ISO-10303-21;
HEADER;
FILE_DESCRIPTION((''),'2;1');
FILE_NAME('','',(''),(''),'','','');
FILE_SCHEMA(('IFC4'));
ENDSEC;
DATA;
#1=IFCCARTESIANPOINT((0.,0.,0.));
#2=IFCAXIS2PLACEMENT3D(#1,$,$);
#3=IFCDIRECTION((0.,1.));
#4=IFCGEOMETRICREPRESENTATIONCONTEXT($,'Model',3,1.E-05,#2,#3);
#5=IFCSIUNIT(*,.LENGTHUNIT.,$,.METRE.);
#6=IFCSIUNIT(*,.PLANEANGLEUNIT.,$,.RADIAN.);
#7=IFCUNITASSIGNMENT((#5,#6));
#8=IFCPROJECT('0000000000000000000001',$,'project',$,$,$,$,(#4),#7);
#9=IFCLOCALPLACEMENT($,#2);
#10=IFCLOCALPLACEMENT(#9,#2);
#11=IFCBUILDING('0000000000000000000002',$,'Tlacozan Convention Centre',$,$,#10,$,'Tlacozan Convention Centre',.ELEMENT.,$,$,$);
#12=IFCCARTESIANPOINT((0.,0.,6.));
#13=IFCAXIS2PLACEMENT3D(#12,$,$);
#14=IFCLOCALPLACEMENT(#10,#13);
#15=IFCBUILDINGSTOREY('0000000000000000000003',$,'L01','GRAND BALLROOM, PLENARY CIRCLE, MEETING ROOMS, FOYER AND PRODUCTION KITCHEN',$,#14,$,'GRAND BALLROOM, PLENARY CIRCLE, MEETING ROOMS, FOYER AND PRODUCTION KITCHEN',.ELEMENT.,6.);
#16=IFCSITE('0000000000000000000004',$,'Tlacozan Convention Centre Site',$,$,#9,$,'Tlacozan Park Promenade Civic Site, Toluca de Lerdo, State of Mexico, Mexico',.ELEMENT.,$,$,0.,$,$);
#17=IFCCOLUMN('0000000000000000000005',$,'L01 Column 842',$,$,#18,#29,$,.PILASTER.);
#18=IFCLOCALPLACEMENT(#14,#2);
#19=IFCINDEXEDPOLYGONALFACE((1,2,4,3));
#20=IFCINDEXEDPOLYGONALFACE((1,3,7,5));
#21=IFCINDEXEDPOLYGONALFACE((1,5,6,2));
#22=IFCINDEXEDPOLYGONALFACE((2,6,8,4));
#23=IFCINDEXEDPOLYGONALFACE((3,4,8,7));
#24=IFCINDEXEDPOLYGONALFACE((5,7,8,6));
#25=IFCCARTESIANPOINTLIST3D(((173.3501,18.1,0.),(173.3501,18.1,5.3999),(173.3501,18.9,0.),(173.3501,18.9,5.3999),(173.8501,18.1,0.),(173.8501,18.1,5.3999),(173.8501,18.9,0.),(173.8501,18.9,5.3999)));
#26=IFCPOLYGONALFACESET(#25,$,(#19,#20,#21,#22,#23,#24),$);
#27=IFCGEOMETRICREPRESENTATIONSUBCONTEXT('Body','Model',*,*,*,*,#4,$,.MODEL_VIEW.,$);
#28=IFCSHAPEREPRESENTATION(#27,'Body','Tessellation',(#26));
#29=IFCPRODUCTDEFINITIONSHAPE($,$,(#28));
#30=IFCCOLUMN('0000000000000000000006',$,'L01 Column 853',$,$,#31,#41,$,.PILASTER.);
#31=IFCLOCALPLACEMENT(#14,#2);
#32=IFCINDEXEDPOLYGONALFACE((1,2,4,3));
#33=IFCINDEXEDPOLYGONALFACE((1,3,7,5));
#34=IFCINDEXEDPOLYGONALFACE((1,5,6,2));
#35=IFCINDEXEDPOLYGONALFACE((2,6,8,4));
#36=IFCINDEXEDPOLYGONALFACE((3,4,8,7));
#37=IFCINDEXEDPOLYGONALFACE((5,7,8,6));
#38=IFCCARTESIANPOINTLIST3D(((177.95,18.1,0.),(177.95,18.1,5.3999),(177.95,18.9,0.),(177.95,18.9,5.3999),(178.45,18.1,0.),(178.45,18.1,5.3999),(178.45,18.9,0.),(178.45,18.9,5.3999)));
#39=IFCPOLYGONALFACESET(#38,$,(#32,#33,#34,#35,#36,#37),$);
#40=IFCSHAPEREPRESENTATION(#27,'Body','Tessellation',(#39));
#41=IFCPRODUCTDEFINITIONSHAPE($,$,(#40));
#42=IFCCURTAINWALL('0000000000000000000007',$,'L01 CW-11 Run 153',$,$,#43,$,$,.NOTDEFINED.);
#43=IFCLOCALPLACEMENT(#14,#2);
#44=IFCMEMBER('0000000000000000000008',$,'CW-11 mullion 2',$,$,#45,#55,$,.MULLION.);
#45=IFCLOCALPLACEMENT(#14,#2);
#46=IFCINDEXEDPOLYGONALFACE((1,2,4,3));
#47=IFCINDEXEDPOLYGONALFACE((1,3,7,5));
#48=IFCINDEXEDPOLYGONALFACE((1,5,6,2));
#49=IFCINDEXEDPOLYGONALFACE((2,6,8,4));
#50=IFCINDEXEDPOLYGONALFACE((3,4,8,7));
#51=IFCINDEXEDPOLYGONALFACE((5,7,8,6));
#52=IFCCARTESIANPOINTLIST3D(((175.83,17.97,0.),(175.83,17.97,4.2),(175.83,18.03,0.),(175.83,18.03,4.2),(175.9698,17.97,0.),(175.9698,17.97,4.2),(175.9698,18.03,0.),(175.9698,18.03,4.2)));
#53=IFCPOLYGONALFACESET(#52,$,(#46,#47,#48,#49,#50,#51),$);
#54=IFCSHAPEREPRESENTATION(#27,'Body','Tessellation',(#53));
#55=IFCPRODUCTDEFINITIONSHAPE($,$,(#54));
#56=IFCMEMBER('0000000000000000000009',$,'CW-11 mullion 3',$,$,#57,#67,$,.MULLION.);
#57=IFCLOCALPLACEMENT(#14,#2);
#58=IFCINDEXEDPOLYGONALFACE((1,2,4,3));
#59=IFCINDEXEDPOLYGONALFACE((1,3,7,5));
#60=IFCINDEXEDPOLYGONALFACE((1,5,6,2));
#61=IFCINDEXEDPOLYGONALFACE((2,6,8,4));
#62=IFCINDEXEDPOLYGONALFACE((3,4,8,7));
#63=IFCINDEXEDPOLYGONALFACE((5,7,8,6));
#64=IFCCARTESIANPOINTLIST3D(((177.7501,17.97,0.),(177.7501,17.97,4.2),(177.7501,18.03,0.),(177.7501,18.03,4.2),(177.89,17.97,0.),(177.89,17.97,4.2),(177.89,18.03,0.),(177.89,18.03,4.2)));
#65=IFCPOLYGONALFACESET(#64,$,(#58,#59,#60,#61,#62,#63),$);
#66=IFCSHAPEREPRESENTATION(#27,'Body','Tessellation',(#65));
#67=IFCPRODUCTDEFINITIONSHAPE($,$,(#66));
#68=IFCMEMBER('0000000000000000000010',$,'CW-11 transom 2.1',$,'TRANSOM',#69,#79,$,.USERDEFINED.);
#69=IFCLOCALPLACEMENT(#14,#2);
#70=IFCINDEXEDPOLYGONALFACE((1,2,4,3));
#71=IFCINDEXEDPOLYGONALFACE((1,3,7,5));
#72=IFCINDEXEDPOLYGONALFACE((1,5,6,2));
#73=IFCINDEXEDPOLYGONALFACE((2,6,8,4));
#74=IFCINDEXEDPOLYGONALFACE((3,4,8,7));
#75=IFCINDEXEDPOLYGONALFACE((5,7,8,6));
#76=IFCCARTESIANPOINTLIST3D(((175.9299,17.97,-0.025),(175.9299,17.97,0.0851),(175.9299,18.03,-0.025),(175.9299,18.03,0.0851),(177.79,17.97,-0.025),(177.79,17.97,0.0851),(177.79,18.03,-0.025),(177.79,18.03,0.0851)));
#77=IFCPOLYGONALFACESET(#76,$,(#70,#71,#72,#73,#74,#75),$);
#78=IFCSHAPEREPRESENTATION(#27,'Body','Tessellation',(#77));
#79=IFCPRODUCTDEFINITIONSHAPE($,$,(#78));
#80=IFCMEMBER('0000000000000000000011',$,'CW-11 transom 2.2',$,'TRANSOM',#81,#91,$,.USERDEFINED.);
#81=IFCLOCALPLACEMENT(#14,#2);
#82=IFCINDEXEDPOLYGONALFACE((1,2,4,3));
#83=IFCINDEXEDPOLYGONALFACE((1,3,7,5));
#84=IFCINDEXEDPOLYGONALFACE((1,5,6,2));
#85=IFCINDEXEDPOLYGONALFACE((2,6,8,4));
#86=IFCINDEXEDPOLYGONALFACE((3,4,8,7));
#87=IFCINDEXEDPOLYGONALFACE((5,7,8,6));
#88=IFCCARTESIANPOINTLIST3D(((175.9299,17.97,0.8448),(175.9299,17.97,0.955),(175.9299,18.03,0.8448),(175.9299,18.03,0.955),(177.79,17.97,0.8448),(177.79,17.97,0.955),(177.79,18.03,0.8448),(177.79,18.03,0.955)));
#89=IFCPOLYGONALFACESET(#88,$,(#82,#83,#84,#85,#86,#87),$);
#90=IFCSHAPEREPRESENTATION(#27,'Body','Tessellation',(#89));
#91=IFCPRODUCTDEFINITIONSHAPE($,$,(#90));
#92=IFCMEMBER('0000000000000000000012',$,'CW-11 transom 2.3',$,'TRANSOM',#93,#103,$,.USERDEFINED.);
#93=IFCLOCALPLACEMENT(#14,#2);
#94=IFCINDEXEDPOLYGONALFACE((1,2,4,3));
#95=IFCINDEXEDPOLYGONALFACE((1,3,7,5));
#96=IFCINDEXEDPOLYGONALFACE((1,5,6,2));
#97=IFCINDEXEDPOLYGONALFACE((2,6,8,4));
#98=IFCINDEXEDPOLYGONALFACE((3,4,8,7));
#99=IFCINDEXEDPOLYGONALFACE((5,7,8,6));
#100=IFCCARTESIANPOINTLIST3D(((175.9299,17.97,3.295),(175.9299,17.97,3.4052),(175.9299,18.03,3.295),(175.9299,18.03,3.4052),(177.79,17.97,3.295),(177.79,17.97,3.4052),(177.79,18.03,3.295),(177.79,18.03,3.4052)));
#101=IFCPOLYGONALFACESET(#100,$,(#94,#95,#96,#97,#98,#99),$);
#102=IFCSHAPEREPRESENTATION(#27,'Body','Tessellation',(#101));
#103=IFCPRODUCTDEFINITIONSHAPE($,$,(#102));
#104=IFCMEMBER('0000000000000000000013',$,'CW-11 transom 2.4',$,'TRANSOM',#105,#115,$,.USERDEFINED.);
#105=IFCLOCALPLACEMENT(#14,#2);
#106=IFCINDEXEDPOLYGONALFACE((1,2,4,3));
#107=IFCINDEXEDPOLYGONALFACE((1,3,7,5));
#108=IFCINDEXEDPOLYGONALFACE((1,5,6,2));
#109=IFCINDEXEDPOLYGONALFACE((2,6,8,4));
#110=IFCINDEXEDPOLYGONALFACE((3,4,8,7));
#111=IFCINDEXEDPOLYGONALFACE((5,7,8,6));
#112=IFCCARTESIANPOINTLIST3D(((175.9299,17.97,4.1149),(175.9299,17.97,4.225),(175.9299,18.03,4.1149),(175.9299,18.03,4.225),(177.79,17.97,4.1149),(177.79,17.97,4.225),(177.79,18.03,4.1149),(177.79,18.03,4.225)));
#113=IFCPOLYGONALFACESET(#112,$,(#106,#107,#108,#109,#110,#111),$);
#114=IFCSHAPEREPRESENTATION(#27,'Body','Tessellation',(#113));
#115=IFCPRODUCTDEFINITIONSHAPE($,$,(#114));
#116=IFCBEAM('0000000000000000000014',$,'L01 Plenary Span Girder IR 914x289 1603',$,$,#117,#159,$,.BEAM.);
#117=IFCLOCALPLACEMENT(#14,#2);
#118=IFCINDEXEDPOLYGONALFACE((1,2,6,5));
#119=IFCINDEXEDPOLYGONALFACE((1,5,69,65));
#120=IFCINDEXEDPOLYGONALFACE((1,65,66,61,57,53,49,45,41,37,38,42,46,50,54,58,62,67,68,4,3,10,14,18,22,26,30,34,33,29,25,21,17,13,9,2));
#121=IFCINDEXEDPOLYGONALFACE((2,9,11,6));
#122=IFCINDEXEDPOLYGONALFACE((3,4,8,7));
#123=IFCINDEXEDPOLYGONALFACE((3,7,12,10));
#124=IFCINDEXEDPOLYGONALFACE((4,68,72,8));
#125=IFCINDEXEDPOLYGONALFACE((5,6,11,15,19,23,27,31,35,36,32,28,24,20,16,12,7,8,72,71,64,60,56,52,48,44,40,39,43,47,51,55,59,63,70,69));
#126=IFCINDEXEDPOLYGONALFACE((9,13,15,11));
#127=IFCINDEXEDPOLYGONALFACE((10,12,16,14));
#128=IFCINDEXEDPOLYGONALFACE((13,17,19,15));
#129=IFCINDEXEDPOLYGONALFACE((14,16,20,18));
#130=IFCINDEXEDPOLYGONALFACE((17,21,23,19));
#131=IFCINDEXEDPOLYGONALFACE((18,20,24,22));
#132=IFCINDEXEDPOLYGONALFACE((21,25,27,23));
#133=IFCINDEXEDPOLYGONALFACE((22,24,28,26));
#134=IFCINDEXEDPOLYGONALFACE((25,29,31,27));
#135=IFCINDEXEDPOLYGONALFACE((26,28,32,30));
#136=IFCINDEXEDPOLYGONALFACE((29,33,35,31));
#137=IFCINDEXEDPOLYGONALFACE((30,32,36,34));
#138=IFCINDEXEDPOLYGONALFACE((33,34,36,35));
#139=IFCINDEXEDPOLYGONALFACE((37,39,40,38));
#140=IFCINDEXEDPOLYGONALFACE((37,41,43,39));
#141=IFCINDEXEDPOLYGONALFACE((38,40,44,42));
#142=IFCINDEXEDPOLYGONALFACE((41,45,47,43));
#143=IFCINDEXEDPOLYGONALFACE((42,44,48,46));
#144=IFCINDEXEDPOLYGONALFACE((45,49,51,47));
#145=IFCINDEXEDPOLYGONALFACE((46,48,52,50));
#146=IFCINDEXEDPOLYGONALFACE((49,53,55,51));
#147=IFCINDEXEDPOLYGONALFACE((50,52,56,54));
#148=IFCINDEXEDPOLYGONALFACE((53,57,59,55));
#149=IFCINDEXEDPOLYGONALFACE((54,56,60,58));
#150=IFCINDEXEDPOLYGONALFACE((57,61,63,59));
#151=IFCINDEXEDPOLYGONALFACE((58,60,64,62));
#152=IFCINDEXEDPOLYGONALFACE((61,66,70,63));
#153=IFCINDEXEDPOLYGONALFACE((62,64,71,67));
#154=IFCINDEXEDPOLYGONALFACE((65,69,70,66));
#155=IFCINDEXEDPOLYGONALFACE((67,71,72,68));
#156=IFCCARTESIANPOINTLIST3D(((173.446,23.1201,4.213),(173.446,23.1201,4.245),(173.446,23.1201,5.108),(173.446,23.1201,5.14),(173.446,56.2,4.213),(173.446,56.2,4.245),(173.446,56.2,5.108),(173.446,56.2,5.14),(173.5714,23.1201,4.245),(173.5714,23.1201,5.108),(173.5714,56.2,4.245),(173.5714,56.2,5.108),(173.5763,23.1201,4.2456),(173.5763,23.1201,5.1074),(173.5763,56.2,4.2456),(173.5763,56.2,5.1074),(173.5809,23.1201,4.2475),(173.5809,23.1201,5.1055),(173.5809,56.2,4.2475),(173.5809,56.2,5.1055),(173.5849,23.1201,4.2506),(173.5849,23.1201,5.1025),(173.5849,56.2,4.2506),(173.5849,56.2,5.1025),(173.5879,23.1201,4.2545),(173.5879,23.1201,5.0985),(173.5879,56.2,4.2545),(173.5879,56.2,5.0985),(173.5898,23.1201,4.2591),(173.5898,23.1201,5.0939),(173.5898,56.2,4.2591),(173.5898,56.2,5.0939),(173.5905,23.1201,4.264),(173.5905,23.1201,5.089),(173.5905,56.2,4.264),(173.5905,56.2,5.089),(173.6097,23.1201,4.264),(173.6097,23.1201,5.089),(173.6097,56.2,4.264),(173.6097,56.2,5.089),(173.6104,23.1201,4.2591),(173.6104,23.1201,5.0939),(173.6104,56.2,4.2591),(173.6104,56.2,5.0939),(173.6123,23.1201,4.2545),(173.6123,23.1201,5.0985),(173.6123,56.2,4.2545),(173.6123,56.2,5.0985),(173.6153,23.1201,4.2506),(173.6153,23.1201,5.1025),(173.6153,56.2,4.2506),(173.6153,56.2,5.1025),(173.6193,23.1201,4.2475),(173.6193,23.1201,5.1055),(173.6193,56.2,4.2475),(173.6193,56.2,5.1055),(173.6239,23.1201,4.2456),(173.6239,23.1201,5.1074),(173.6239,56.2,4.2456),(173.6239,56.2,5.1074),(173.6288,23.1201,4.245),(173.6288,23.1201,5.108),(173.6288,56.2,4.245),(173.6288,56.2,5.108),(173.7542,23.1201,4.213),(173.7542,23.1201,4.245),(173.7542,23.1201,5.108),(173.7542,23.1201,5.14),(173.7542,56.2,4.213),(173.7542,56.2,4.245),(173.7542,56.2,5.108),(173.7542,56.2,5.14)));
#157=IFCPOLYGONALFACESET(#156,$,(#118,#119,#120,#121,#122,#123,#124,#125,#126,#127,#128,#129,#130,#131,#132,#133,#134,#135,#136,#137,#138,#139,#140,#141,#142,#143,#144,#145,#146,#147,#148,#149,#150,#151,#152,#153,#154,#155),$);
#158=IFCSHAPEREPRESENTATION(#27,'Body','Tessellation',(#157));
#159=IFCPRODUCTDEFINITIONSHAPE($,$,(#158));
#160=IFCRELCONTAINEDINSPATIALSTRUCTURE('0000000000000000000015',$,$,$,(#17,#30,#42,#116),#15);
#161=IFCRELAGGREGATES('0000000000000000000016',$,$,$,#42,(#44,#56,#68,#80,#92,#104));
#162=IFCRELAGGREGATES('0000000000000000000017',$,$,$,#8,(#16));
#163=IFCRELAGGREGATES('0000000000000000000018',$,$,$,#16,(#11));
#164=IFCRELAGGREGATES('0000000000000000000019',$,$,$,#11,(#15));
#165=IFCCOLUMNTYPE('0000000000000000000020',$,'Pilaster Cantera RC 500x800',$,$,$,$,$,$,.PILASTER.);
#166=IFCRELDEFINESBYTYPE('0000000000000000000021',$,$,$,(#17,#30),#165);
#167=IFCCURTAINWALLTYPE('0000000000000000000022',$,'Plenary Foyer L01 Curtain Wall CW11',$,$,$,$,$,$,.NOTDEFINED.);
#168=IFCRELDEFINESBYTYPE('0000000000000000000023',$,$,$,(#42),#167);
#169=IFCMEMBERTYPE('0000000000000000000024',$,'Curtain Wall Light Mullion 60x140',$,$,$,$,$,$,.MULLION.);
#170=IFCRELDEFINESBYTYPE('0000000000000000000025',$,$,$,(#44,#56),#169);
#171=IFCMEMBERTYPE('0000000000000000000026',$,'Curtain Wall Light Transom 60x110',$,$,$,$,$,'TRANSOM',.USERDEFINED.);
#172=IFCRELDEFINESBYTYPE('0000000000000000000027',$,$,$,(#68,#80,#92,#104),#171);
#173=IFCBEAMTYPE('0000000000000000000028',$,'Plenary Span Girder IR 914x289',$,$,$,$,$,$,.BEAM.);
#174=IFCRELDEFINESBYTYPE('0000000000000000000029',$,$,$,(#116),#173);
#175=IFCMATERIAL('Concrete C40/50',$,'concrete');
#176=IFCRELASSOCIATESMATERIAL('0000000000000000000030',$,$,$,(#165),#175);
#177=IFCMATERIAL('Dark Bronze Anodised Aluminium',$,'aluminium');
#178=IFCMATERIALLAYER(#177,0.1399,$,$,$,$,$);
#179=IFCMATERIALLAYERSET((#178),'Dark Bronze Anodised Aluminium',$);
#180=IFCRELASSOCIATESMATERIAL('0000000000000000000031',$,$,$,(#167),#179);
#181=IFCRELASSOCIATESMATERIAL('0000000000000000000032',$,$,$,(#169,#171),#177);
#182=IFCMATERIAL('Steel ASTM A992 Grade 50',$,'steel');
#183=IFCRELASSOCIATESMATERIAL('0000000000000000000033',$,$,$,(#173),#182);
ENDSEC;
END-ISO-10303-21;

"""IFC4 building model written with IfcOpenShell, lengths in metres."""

from ifc_helpers import new_model, si_unit, direction, frame, origin, origin_2d, place, context, subcontext, project, spatial, rectangle, i_section, extrude, material, layer, layer_set, material_profile, profile_set, type_object, element, aggregate, save


model = new_model("IFC4")

# Units and contexts
model_context = context("Model", 3, precision=1e-05, world=origin(), true_north=direction((0.0, 1.0)))
body_context = subcontext(model_context, "Body", "Model", "MODEL_VIEW")
ifc_project = project(units=[si_unit("LENGTHUNIT", "METRE"), si_unit("PLANEANGLEUNIT", "RADIAN")], contexts=[model_context])

# Site, building, storey
site_placement = place(None, origin())
site = spatial("IfcSite", under=ifc_project, at=site_placement, Name="Tlacozan Convention Centre Site", LongName="Tlacozan Park Promenade Civic Site, Toluca de Lerdo, State of Mexico, Mexico", CompositionType="ELEMENT", RefElevation=0.0)
building_placement = place(site_placement, origin())
building = spatial("IfcBuilding", under=site, at=building_placement, Name="Tlacozan Convention Centre", LongName="Tlacozan Convention Centre", CompositionType="ELEMENT")
storey_placement = place(building_placement, frame((0.0, 0.0, 6.0)))
storey = spatial("IfcBuildingStorey", under=building, at=storey_placement, Name="L01", Description="GRAND BALLROOM, PLENARY CIRCLE, MEETING ROOMS, FOYER AND PRODUCTION KITCHEN", LongName="GRAND BALLROOM, PLENARY CIRCLE, MEETING ROOMS, FOYER AND PRODUCTION KITCHEN", CompositionType="ELEMENT", Elevation=6.0)

# Columns
ifc_material_1 = material(Name="Concrete C40/50", Category="concrete")
ifc_material_profile_1 = material_profile(ifc_material_1, rectangle(XDim=0.5, YDim=0.8, at=origin_2d()), Name="RC 500x800")
ifc_profile_set_1 = profile_set([ifc_material_profile_1], Name="Concrete C40/50")
column_type = type_object("IfcColumnType", Name="Pilaster Cantera RC 500x800", PredefinedType="PILASTER", material=ifc_profile_set_1)
for number, where, z_axis, x_axis, name in (
    (1, (173.6001, 18.5, 0.0), (0.0, 0.0, 1.0), (1.0, 0.0, 0.0), "L01 Column 842"),
    (2, (178.2, 18.5, 0.0), (0.0, 0.0, 1.0), (1.0, 0.0, 0.0), "L01 Column 853"),
):
    element("IfcColumn", number, at=place(storey_placement, frame(where, z_axis=z_axis, x_axis=x_axis)), inside=storey, type_object=column_type, Name=name, PredefinedType="PILASTER", context=body_context, shape_type="SweptSolid", body=[
        extrude(rectangle(XDim=0.5, YDim=0.8, at=origin_2d()), origin(), (0.0, 0.0, 1.0), 5.3999),
    ])

# Curtain wall, members
ifc_material_2 = material(Name="Dark Bronze Anodised Aluminium", Category="aluminium")
ifc_layer_1 = layer(ifc_material_2, 0.1399)
ifc_layer_set_1 = layer_set([ifc_layer_1], Name="Dark Bronze Anodised Aluminium")
curtain_wall_type = type_object("IfcCurtainWallType", Name="Plenary Foyer L01 Curtain Wall CW11", PredefinedType="NOTDEFINED", material=ifc_layer_set_1)
curtain_wall_placement = place(storey_placement, origin())
curtain_wall = element("IfcCurtainWall", 3, at=curtain_wall_placement, inside=storey, type_object=curtain_wall_type, Name="L01 CW-11 Run 153", PredefinedType="NOTDEFINED")
ifc_material_profile_2 = material_profile(ifc_material_2, rectangle(XDim=0.0601, YDim=0.1399, at=origin_2d()), Name="ALU 60x140")
ifc_profile_set_2 = profile_set([ifc_material_profile_2], Name="Dark Bronze Anodised Aluminium")
member_type_1 = type_object("IfcMemberType", Name="Curtain Wall Light Mullion 60x140", PredefinedType="MULLION", material=ifc_profile_set_2)
member_1_placement = place(storey_placement, frame((175.8999, 18.0, 0.0), z_axis=(0.0, 0.0, 1.0), x_axis=(0.0, 1.0, 0.0)))
member_1 = element("IfcMember", 4, at=member_1_placement, type_object=member_type_1, Name="CW-11 mullion 2", PredefinedType="MULLION", context=body_context, shape_type="SweptSolid", body=[
    extrude(rectangle(XDim=0.0601, YDim=0.1399, at=origin_2d()), origin(), (0.0, 0.0, 1.0), 4.2),
])
member_2_placement = place(storey_placement, frame((177.8201, 18.0, 0.0), z_axis=(0.0, 0.0, 1.0), x_axis=(0.0, 1.0, 0.0)))
member_2 = element("IfcMember", 5, at=member_2_placement, type_object=member_type_1, Name="CW-11 mullion 3", PredefinedType="MULLION", context=body_context, shape_type="SweptSolid", body=[
    extrude(rectangle(XDim=0.0601, YDim=0.1399, at=origin_2d()), origin(), (0.0, 0.0, 1.0), 4.2),
])
ifc_material_profile_3 = material_profile(ifc_material_2, rectangle(XDim=0.0601, YDim=0.1101, at=origin_2d()), Name="ALU 60x110")
ifc_profile_set_3 = profile_set([ifc_material_profile_3], Name="Dark Bronze Anodised Aluminium")
member_type_2 = type_object("IfcMemberType", Name="Curtain Wall Light Transom 60x110", ElementType="TRANSOM", PredefinedType="USERDEFINED", material=ifc_profile_set_3)
member_3_placement = place(storey_placement, frame((175.9299, 18.0, 0.03), z_axis=(1.0, 0.0, 0.0), x_axis=(0.0, 1.0, 0.0)))
member_3 = element("IfcMember", 6, at=member_3_placement, type_object=member_type_2, Name="CW-11 transom 2.1", ObjectType="TRANSOM", PredefinedType="USERDEFINED", context=body_context, shape_type="SweptSolid", body=[
    extrude(rectangle(XDim=0.0601, YDim=0.1101, at=origin_2d()), origin(), (0.0, 0.0, 1.0), 1.8601),
])
member_4_placement = place(storey_placement, frame((175.9299, 18.0, 0.8999), z_axis=(1.0, 0.0, 0.0), x_axis=(0.0, 1.0, 0.0)))
member_4 = element("IfcMember", 7, at=member_4_placement, type_object=member_type_2, Name="CW-11 transom 2.2", ObjectType="TRANSOM", PredefinedType="USERDEFINED", context=body_context, shape_type="SweptSolid", body=[
    extrude(rectangle(XDim=0.0601, YDim=0.1101, at=origin_2d()), origin(), (0.0, 0.0, 1.0), 1.8601),
])
member_5_placement = place(storey_placement, frame((175.9299, 18.0, 3.3501), z_axis=(1.0, 0.0, 0.0), x_axis=(0.0, 1.0, 0.0)))
member_5 = element("IfcMember", 8, at=member_5_placement, type_object=member_type_2, Name="CW-11 transom 2.3", ObjectType="TRANSOM", PredefinedType="USERDEFINED", context=body_context, shape_type="SweptSolid", body=[
    extrude(rectangle(XDim=0.0601, YDim=0.1101, at=origin_2d()), origin(), (0.0, 0.0, 1.0), 1.8601),
])
member_6_placement = place(storey_placement, frame((175.9299, 18.0, 4.1699), z_axis=(1.0, 0.0, 0.0), x_axis=(0.0, 1.0, 0.0)))
member_6 = element("IfcMember", 9, at=member_6_placement, type_object=member_type_2, Name="CW-11 transom 2.4", ObjectType="TRANSOM", PredefinedType="USERDEFINED", context=body_context, shape_type="SweptSolid", body=[
    extrude(rectangle(XDim=0.0601, YDim=0.1101, at=origin_2d()), origin(), (0.0, 0.0, 1.0), 1.8601),
])

# Beam
ifc_material_3 = material(Name="Steel ASTM A992 Grade 50", Category="steel")
ifc_material_profile_4 = material_profile(ifc_material_3, i_section(OverallWidth=0.3081, OverallDepth=0.927, WebThickness=0.0193, FlangeThickness=0.032, FilletRadius=0.019, at=origin_2d()), Name="IR 914x289.0")
ifc_profile_set_4 = profile_set([ifc_material_profile_4], Name="Steel ASTM A992 Grade 50")
beam_type_1 = type_object("IfcBeamType", Name="Plenary Span Girder IR 914x289", PredefinedType="BEAM", material=ifc_profile_set_4)
beam_1_placement = place(storey_placement, frame((173.6001, 23.1201, 4.6765), z_axis=(0.0, 1.0, 0.0), x_axis=(-1.0, 0.0, 0.0)))
element("IfcBeam", 10, at=beam_1_placement, inside=storey, type_object=beam_type_1, Name="L01 Plenary Span Girder IR 914x289 1603", PredefinedType="BEAM", context=body_context, shape_type="SweptSolid", body=[
    extrude(i_section(OverallWidth=0.3081, OverallDepth=0.927, WebThickness=0.0193, FlangeThickness=0.032, FilletRadius=0.019, at=origin_2d()), origin(), (0.0, 0.0, 1.0), 33.0798),
])

aggregate(curtain_wall, [member_1, member_2, member_3, member_4, member_5, member_6])

save(model, "model.ifc")
